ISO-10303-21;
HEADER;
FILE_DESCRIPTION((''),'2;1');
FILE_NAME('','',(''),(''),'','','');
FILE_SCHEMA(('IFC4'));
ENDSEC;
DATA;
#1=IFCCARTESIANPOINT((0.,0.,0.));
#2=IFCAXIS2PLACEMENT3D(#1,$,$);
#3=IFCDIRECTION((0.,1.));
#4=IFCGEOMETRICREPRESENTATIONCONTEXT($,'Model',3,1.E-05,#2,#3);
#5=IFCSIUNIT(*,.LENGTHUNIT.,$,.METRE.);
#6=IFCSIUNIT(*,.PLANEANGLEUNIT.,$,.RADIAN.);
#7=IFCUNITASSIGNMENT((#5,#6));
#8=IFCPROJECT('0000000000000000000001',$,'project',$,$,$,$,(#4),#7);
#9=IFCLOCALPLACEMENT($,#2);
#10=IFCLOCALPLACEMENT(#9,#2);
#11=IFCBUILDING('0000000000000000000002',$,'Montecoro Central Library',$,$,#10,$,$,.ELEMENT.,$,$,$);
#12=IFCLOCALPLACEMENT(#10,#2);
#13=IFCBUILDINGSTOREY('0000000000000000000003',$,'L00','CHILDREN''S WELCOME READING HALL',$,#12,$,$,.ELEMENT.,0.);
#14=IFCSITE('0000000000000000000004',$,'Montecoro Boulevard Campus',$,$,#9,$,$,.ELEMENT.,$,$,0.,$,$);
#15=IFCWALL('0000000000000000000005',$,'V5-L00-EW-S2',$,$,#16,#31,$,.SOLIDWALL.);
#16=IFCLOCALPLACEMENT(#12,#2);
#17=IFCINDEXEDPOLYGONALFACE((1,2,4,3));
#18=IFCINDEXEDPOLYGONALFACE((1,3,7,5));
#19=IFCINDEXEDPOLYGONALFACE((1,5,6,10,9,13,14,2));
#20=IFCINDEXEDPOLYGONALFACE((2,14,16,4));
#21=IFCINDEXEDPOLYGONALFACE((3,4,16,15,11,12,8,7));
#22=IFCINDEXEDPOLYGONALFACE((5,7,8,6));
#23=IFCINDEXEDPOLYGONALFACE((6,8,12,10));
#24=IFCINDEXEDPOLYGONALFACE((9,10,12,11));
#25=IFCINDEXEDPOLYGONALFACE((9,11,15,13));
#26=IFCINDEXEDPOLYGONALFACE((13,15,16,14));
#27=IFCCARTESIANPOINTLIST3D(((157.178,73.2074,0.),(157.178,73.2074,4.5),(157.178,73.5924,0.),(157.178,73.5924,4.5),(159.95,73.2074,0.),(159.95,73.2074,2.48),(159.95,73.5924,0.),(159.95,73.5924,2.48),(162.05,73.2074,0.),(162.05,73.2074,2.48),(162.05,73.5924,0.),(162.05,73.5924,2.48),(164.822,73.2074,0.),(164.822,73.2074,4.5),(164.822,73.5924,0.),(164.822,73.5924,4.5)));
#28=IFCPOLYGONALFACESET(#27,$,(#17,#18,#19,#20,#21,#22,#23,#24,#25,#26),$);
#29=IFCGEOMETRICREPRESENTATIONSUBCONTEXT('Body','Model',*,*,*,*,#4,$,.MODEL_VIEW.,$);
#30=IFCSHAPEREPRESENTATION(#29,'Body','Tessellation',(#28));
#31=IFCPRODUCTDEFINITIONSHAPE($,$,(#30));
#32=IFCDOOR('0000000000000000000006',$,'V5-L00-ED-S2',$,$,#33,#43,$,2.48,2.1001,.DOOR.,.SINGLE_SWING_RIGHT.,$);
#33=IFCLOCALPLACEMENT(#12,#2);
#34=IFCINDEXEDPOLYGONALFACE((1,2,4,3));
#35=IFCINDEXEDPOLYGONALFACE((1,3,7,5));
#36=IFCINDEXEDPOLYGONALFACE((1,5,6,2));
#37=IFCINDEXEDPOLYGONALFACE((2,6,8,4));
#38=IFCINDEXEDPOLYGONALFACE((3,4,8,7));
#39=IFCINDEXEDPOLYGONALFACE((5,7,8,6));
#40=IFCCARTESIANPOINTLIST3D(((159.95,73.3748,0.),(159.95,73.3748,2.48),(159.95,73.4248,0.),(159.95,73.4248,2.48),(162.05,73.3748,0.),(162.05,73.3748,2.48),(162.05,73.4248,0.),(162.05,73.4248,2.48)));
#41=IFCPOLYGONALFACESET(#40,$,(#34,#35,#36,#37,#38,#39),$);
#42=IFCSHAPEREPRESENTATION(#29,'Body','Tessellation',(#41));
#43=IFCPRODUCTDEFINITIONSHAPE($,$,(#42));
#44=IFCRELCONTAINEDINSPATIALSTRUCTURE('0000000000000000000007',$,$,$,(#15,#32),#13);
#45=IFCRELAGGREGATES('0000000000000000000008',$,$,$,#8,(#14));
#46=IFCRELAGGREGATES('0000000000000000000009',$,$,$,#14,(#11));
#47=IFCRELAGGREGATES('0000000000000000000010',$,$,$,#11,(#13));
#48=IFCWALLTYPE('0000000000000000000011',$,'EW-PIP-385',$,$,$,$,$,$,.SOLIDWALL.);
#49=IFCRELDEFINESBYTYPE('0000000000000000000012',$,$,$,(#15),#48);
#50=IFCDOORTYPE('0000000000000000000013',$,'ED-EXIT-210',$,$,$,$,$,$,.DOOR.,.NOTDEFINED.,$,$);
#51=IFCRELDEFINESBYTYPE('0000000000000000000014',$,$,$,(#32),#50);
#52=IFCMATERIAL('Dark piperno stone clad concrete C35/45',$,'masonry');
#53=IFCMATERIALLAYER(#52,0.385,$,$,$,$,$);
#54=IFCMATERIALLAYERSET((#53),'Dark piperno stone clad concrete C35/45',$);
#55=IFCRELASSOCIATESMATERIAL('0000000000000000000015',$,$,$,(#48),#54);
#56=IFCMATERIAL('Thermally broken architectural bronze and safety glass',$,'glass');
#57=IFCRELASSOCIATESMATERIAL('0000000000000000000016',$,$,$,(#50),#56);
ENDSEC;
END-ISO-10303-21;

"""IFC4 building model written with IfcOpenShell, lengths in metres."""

from ifc_helpers import new_model, si_unit, direction, frame, frame_2d, origin, place, context, subcontext, project, spatial, rectangle, extrude, material, layer, layer_set, type_object, element, fill, save


model = new_model("IFC4")

# Units and contexts
model_context = context("Model", 3, precision=1e-05, world=origin(), true_north=direction((0.0, 1.0)))
body_context = subcontext(model_context, "Body", "Model", "MODEL_VIEW")
ifc_project = project(units=[si_unit("LENGTHUNIT", "METRE"), si_unit("PLANEANGLEUNIT", "RADIAN")], contexts=[model_context])

# Site, building, storey
site_placement = place(None, origin())
site = spatial("IfcSite", under=ifc_project, at=site_placement, Name="Montecoro Boulevard Campus", CompositionType="ELEMENT", RefElevation=0.0)
building_placement = place(site_placement, origin())
building = spatial("IfcBuilding", under=site, at=building_placement, Name="Montecoro Central Library", CompositionType="ELEMENT")
storey_placement = place(building_placement, origin())
storey = spatial("IfcBuildingStorey", under=building, at=storey_placement, Name="L00", Description="CHILDREN'S WELCOME READING HALL", CompositionType="ELEMENT", Elevation=0.0)

# Wall, opening, door
ifc_material_1 = material(Name="Dark piperno stone clad concrete C35/45", Category="masonry")
ifc_layer = layer(ifc_material_1, 0.385)
ifc_layer_set = layer_set([ifc_layer], Name="Dark piperno stone clad concrete C35/45")
wall_type = type_object("IfcWallType", Name="EW-PIP-385", PredefinedType="SOLIDWALL", material=ifc_layer_set)
ifc_material_2 = material(Name="Thermally broken architectural bronze and safety glass", Category="glass")
wall_1_placement = place(storey_placement, frame((157.178, 73.3999, 0.0), z_axis=(0.0, 0.0, 1.0), x_axis=(1.0, 0.0, 0.0)))
wall_1 = element("IfcWall", 1, at=wall_1_placement, inside=storey, type_object=wall_type, Name="V5-L00-EW-S2", PredefinedType="SOLIDWALL", context=body_context, shape_type="SweptSolid", body=[
    extrude(rectangle(XDim=7.644, YDim=0.385, at=frame_2d((3.822, 0.0))), origin(), (0.0, 0.0, 1.0), 4.5),
])
opening_1_placement = place(wall_1_placement, frame((2.772, 0.0, 0.0)))
opening_1 = element("IfcOpeningElement", 2, at=opening_1_placement, cuts=wall_1, PredefinedType="OPENING", context=body_context, shape_type="SweptSolid", body=[
    extrude(rectangle(XDim=2.1001, YDim=2.48, at=frame_2d((1.05, 1.24))), frame((0.0, 0.2024, 0.0), z_axis=(0.0, -1.0, 0.0), x_axis=(1.0, 0.0, 0.0)), (0.0, 0.0, 1.0), 0.405),
])
door_type_1 = type_object("IfcDoorType", Name="ED-EXIT-210", OperationType="NOTDEFINED", PredefinedType="DOOR", material=ifc_material_2)
door_1_placement = place(opening_1_placement, origin())
door_1 = element("IfcDoor", 3, at=door_1_placement, inside=storey, type_object=door_type_1, Name="V5-L00-ED-S2", OperationType="SINGLE_SWING_RIGHT", OverallHeight=2.48, OverallWidth=2.1001, PredefinedType="DOOR", context=body_context, shape_type="SweptSolid", body=[
    extrude(rectangle(XDim=2.1001, YDim=2.48, at=frame_2d((1.05, 1.24))), frame((0.0, 0.0249, 0.0), z_axis=(0.0, -1.0, 0.0), x_axis=(1.0, 0.0, 0.0)), (0.0, 0.0, 1.0), 0.05),
])
fill(opening_1, door_1)

save(model, "model.ifc")
